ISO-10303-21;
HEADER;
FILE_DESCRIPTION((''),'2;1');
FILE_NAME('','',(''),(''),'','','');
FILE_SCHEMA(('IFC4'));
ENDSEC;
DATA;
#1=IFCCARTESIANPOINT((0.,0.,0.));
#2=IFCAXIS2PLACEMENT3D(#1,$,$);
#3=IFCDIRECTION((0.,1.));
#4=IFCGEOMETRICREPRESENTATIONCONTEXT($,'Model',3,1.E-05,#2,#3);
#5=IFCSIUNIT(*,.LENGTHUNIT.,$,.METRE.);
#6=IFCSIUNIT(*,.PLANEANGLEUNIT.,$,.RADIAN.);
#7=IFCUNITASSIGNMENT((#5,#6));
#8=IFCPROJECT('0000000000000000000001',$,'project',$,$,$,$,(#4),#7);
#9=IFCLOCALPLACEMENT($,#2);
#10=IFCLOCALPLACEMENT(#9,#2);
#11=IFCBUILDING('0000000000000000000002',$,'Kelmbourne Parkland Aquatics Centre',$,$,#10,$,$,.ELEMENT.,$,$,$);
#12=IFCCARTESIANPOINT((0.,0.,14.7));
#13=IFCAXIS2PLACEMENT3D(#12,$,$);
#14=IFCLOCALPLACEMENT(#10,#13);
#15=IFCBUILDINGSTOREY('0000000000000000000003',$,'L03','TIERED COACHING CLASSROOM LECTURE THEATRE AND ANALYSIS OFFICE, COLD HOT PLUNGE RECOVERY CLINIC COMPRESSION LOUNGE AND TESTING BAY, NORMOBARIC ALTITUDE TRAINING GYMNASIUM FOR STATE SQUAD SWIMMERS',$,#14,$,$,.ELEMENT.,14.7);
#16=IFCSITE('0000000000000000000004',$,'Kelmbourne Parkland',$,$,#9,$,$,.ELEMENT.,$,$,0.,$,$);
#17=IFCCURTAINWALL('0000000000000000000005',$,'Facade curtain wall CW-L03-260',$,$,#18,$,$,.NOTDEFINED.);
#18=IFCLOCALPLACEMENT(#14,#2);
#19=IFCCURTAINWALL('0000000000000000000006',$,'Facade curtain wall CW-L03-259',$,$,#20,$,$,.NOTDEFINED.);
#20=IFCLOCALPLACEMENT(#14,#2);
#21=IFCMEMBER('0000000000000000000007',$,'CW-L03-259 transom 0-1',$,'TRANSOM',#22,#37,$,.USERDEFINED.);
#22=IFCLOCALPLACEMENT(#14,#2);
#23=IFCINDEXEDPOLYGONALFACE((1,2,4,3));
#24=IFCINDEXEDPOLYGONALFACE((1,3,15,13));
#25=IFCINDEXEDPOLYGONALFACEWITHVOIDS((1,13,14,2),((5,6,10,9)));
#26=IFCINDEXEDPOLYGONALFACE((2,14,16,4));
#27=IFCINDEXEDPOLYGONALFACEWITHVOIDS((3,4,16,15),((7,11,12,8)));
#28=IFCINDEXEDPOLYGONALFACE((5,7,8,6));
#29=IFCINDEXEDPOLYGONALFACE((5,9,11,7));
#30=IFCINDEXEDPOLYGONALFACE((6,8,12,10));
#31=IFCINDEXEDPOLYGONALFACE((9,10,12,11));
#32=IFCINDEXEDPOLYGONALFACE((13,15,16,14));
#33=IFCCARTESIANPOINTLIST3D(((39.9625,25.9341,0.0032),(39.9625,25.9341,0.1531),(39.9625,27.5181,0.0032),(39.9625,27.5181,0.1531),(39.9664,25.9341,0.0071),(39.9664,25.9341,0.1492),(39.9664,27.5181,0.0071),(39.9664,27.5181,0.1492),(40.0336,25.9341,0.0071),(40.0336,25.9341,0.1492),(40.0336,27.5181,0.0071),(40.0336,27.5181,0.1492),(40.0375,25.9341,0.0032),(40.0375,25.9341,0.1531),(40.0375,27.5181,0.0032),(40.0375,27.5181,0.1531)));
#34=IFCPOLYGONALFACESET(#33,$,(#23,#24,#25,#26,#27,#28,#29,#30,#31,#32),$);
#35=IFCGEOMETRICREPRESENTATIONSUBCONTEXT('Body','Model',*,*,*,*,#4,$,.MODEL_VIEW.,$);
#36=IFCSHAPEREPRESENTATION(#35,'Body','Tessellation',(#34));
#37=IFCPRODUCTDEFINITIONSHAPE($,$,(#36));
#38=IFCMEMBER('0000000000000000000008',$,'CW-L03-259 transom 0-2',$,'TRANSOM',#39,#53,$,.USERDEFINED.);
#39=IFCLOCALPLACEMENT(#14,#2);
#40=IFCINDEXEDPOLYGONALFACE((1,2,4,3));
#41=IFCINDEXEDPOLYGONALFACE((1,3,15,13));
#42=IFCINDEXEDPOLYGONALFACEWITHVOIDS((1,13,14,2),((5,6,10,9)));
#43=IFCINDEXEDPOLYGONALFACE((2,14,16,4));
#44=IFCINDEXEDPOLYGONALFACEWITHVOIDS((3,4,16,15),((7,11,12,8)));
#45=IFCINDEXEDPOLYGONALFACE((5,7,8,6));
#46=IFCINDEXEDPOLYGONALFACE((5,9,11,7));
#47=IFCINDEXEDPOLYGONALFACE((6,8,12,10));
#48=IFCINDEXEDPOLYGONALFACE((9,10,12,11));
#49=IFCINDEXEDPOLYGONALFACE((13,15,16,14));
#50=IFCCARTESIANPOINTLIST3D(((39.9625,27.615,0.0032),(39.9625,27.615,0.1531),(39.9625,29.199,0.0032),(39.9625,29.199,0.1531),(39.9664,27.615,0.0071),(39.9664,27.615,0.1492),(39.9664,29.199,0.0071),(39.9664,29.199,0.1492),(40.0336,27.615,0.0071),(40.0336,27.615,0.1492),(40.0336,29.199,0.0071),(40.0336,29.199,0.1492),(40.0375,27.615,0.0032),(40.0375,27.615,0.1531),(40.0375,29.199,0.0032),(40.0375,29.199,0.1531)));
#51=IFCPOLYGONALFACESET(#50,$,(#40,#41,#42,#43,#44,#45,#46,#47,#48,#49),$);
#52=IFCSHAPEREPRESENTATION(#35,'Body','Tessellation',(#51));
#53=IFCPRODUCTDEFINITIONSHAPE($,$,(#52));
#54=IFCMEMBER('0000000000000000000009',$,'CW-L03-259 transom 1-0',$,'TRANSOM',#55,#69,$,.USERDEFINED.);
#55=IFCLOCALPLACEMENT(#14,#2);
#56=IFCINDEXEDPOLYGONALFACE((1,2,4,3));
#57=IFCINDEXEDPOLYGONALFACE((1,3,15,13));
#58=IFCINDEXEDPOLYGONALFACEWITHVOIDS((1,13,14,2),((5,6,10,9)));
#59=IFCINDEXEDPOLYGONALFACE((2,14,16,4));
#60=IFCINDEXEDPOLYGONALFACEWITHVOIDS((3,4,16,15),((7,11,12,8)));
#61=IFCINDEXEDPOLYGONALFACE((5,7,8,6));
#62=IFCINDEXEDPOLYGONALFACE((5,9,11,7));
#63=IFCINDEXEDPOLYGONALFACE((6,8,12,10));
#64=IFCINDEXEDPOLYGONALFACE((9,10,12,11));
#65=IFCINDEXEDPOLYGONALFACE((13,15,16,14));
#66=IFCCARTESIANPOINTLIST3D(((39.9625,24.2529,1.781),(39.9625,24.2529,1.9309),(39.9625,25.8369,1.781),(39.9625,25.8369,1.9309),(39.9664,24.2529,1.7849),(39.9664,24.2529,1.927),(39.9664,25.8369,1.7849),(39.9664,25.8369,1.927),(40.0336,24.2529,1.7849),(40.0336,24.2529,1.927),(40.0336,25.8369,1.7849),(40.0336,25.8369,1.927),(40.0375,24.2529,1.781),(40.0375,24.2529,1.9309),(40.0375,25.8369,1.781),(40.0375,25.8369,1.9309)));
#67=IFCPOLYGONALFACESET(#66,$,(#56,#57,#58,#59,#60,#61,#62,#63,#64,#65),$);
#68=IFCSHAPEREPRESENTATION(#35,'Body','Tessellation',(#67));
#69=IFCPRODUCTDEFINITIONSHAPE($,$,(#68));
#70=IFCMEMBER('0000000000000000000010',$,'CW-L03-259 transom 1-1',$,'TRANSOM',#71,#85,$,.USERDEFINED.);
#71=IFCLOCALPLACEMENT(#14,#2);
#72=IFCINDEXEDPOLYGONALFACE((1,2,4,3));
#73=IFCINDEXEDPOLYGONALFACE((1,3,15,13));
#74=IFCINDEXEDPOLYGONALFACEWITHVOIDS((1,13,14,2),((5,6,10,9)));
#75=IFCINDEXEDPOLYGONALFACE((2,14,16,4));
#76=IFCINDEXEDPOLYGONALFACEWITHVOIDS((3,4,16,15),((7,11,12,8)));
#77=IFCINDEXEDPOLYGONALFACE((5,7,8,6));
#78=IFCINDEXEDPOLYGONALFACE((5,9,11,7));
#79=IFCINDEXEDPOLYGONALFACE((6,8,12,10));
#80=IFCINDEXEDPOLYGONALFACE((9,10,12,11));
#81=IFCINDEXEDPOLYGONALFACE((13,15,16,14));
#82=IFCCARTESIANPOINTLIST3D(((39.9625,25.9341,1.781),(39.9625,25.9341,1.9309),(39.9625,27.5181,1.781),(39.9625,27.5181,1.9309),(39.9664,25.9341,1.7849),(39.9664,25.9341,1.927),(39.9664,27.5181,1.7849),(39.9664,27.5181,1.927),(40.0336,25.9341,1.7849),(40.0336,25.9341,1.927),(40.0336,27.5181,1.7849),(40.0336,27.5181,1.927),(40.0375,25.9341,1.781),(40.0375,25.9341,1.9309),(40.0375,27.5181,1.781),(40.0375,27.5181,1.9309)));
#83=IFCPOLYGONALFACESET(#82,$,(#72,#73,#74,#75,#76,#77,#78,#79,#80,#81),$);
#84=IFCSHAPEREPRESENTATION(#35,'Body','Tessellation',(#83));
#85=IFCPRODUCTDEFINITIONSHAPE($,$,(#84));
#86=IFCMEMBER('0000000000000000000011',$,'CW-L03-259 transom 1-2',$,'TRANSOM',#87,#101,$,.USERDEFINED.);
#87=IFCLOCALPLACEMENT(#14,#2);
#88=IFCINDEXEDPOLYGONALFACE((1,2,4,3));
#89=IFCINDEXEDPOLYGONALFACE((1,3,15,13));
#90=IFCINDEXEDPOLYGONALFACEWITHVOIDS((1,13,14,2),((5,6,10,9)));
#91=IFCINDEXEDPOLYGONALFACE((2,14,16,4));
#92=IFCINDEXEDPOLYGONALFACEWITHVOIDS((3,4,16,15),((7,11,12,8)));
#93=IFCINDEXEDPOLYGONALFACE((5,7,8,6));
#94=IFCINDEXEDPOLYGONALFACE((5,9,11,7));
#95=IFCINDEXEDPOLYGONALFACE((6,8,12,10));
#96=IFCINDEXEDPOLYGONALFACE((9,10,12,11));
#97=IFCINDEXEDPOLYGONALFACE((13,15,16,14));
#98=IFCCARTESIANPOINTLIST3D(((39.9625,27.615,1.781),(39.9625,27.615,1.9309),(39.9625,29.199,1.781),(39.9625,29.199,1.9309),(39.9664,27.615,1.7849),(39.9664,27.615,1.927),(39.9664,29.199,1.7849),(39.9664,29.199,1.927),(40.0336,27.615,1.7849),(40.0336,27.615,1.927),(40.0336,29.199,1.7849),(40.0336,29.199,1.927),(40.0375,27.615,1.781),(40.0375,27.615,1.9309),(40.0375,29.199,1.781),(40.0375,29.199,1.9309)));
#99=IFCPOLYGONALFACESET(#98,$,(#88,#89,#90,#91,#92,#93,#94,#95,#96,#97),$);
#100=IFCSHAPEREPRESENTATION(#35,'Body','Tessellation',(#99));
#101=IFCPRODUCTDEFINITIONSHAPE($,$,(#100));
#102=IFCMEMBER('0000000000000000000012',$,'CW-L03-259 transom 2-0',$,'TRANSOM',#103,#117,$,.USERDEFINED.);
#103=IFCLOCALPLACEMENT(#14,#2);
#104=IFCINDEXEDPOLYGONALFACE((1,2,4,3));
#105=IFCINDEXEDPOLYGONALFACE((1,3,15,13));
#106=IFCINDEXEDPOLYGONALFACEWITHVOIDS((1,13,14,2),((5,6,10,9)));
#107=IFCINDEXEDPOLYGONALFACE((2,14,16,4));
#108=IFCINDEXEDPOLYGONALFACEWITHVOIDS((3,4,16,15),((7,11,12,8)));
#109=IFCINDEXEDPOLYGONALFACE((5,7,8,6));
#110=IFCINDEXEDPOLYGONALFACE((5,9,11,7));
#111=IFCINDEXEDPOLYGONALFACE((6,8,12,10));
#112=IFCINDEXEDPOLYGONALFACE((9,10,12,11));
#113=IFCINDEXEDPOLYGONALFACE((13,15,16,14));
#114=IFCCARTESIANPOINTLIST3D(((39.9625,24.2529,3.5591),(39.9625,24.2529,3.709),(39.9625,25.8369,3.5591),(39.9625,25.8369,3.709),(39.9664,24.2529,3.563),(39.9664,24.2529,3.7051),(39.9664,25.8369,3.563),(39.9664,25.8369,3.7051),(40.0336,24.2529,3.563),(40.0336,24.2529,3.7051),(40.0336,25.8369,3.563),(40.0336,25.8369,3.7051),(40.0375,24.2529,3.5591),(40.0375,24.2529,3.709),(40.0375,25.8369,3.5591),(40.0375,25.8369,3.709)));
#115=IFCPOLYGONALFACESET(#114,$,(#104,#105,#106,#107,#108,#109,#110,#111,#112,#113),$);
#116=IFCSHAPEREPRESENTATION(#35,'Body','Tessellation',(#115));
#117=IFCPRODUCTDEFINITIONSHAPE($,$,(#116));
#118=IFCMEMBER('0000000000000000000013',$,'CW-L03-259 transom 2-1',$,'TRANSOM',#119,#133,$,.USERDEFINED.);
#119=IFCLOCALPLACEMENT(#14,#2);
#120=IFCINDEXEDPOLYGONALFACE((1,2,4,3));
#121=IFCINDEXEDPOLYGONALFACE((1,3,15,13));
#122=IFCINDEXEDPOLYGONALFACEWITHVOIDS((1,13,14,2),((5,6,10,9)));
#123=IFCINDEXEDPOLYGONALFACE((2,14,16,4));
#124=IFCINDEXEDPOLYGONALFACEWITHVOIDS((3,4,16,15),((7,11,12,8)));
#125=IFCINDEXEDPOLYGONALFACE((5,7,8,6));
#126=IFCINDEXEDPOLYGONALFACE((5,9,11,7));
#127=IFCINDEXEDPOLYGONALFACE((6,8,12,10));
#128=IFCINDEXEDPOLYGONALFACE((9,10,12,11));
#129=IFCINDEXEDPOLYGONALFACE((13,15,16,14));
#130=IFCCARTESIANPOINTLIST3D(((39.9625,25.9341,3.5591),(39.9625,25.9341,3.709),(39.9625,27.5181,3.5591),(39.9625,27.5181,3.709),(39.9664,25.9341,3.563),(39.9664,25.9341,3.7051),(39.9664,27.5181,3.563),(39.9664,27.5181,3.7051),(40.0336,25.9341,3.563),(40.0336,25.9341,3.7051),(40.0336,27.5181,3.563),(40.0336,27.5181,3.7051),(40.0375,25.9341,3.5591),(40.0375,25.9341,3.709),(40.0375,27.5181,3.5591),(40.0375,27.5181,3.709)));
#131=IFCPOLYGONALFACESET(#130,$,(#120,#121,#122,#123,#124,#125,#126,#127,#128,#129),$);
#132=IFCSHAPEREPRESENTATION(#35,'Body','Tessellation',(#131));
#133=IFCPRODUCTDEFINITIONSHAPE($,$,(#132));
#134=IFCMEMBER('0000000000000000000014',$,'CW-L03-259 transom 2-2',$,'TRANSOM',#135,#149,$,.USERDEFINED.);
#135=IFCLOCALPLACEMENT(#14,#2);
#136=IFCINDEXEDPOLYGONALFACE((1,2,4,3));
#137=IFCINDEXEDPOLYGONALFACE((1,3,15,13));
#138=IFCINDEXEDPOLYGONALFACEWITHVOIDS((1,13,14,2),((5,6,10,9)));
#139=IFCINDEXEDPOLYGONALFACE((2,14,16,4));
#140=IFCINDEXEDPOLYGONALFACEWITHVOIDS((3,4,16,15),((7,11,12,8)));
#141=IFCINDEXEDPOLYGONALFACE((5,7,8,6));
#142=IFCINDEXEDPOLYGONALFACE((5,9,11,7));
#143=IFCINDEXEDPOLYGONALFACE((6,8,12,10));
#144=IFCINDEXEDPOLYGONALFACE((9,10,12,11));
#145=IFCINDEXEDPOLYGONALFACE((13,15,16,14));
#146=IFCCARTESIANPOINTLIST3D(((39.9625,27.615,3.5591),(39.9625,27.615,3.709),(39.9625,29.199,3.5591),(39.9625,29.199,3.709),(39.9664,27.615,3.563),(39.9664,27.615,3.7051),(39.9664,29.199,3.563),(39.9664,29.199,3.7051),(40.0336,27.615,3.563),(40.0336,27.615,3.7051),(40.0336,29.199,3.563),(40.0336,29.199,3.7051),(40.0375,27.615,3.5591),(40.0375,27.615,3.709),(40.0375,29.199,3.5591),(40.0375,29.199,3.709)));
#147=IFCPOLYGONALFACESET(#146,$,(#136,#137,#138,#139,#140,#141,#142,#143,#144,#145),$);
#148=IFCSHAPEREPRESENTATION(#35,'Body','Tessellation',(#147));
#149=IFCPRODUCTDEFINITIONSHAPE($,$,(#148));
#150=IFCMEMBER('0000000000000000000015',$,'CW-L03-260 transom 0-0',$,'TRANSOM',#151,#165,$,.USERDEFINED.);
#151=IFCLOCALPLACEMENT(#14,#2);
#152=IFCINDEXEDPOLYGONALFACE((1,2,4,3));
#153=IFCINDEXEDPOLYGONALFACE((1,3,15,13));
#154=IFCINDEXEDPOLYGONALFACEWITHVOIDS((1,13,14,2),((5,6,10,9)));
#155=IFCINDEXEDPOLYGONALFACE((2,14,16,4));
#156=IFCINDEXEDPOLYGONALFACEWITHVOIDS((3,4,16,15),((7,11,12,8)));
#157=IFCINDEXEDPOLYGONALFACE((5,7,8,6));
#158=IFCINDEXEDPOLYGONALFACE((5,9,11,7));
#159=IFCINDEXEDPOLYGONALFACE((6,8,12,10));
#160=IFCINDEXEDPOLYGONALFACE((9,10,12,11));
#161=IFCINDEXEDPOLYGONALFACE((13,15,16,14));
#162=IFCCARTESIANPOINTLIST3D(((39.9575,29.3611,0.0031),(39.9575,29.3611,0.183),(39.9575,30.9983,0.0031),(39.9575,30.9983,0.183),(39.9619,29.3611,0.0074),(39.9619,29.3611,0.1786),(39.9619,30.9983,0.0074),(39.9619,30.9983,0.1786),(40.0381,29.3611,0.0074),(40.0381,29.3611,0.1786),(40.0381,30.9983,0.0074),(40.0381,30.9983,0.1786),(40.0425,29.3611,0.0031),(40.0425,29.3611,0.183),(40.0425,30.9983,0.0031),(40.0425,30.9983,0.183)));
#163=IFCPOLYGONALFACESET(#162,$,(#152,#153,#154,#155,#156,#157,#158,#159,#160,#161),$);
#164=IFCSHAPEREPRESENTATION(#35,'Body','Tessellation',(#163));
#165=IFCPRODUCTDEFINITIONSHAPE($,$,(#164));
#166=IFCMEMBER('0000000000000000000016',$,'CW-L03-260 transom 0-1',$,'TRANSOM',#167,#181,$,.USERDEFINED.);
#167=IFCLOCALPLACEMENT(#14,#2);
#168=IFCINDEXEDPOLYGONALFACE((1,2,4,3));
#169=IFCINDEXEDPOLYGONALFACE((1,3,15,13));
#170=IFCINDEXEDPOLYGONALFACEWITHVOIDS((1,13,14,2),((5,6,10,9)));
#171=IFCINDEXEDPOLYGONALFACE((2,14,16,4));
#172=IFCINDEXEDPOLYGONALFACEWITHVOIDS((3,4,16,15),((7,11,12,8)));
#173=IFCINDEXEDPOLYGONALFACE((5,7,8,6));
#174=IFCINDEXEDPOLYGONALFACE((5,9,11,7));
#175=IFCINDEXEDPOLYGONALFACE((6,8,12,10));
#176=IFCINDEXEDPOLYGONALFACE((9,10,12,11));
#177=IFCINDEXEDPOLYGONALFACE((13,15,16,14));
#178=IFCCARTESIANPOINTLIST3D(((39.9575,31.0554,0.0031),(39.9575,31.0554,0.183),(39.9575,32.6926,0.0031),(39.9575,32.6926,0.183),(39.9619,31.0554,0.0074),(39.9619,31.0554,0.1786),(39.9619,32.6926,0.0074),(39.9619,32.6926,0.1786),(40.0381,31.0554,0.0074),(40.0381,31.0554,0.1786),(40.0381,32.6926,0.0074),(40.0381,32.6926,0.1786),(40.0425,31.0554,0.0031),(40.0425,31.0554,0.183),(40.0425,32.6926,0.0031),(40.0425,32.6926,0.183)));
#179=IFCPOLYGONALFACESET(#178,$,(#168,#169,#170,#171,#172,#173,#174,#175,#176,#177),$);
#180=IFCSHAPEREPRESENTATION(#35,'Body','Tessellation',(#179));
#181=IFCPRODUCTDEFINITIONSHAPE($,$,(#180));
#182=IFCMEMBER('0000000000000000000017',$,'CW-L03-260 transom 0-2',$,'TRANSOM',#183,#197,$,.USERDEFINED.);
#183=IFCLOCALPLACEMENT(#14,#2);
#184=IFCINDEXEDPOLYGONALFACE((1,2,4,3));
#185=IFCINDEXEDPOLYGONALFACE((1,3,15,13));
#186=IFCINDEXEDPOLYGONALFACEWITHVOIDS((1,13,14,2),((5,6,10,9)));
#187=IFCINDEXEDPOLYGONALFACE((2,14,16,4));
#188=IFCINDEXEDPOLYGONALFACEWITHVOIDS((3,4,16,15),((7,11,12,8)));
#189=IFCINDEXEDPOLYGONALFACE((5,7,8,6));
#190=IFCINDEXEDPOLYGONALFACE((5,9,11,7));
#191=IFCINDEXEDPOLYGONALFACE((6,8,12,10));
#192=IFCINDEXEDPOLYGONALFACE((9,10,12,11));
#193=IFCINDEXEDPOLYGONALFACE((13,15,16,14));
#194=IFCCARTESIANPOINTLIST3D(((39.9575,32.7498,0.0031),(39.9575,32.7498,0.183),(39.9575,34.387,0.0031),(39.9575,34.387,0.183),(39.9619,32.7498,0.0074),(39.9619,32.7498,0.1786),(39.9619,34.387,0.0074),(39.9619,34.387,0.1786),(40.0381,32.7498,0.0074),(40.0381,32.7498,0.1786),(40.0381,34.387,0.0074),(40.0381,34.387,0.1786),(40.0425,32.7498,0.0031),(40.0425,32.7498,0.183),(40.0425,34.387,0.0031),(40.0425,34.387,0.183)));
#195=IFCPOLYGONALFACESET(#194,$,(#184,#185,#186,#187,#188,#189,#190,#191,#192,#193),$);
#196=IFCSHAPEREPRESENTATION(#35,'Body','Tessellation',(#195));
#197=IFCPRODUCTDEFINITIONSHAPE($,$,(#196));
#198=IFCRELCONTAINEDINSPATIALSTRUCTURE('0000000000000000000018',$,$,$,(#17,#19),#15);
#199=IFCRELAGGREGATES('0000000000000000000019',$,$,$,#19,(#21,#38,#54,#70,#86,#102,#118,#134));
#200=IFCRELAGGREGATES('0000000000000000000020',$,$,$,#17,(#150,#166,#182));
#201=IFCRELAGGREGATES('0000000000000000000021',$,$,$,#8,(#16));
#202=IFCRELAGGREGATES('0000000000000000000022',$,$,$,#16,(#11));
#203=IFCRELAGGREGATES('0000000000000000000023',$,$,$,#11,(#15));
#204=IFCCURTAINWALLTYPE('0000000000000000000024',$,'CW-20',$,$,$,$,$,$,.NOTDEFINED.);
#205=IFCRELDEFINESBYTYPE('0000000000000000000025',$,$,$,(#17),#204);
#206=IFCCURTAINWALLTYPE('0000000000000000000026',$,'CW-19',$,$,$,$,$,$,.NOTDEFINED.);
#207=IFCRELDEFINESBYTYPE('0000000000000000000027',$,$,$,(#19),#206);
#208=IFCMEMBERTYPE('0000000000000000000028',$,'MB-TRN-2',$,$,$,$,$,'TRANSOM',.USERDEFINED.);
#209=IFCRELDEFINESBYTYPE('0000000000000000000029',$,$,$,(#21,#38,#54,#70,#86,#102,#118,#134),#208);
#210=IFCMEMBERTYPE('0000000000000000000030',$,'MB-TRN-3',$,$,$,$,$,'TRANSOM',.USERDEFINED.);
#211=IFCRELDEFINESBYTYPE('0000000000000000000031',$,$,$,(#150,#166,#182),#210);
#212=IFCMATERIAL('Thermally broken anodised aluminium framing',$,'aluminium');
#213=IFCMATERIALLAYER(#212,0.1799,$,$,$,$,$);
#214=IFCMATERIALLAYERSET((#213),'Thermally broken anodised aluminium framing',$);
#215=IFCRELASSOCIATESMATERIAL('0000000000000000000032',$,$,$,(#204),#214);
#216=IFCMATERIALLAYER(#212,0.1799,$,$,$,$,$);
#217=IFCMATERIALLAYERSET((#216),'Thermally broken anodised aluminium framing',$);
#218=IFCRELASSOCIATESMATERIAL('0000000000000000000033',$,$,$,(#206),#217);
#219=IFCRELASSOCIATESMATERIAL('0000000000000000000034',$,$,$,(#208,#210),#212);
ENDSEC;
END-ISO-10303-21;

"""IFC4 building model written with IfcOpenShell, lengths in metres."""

from ifc_helpers import new_model, si_unit, direction, frame, origin, origin_2d, place, context, subcontext, project, spatial, hollow_rectangle, extrude, material, layer, layer_set, material_profile, profile_set, type_object, element, aggregate, save


model = new_model("IFC4")

# Units and contexts
model_context = context("Model", 3, precision=1e-05, world=origin(), true_north=direction((0.0, 1.0)))
body_context = subcontext(model_context, "Body", "Model", "MODEL_VIEW")
ifc_project = project(units=[si_unit("LENGTHUNIT", "METRE"), si_unit("PLANEANGLEUNIT", "RADIAN")], contexts=[model_context])

# Site, building, storey
site_placement = place(None, origin())
site = spatial("IfcSite", under=ifc_project, at=site_placement, Name="Kelmbourne Parkland", CompositionType="ELEMENT", RefElevation=0.0)
building_placement = place(site_placement, origin())
building = spatial("IfcBuilding", under=site, at=building_placement, Name="Kelmbourne Parkland Aquatics Centre", CompositionType="ELEMENT")
storey_placement = place(building_placement, frame((0.0, 0.0, 14.7)))
storey = spatial("IfcBuildingStorey", under=building, at=storey_placement, Name="L03", Description="TIERED COACHING CLASSROOM LECTURE THEATRE AND ANALYSIS OFFICE, COLD HOT PLUNGE RECOVERY CLINIC COMPRESSION LOUNGE AND TESTING BAY, NORMOBARIC ALTITUDE TRAINING GYMNASIUM FOR STATE SQUAD SWIMMERS", CompositionType="ELEMENT", Elevation=14.7)

# Curtain wall
ifc_material_1 = material(Name="Thermally broken anodised aluminium framing", Category="aluminium")
ifc_layer_1 = layer(ifc_material_1, 0.1799)
ifc_layer_set_1 = layer_set([ifc_layer_1], Name="Thermally broken anodised aluminium framing")
curtain_wall_type_1 = type_object("IfcCurtainWallType", Name="CW-20", PredefinedType="NOTDEFINED", material=ifc_layer_set_1)
curtain_wall_1_placement = place(storey_placement, origin())
curtain_wall_1 = element("IfcCurtainWall", 1, at=curtain_wall_1_placement, inside=storey, type_object=curtain_wall_type_1, Name="Facade curtain wall CW-L03-260", PredefinedType="NOTDEFINED")

# Curtain wall
ifc_layer_2 = layer(ifc_material_1, 0.1799)
ifc_layer_set_2 = layer_set([ifc_layer_2], Name="Thermally broken anodised aluminium framing")
curtain_wall_type_2 = type_object("IfcCurtainWallType", Name="CW-19", PredefinedType="NOTDEFINED", material=ifc_layer_set_2)
curtain_wall_2_placement = place(storey_placement, origin())
curtain_wall_2 = element("IfcCurtainWall", 2, at=curtain_wall_2_placement, inside=storey, type_object=curtain_wall_type_2, Name="Facade curtain wall CW-L03-259", PredefinedType="NOTDEFINED")

# Members
ifc_material_profile_1 = material_profile(ifc_material_1, hollow_rectangle(XDim=0.075, YDim=0.1499, WallThickness=0.0039, at=origin_2d()), Name="CW-T 75x150")
ifc_profile_set_1 = profile_set([ifc_material_profile_1], Name="Thermally broken anodised aluminium framing")
member_type_1 = type_object("IfcMemberType", Name="MB-TRN-2", ElementType="TRANSOM", PredefinedType="USERDEFINED", material=ifc_profile_set_1)
member_1_placement = place(storey_placement, frame((40.0, 25.9341, 0.0781), z_axis=(0.0, 1.0, 0.0), x_axis=(-1.0, 0.0, 0.0)))
member_1 = element("IfcMember", 3, at=member_1_placement, type_object=member_type_1, Name="CW-L03-259 transom 0-1", ObjectType="TRANSOM", PredefinedType="USERDEFINED", context=body_context, shape_type="SweptSolid", body=[
    extrude(hollow_rectangle(XDim=0.075, YDim=0.1499, WallThickness=0.0039, at=origin_2d()), origin(), (0.0, 0.0, 1.0), 1.584),
])
member_2_placement = place(storey_placement, frame((40.0, 27.615, 0.0781), z_axis=(0.0, 1.0, 0.0), x_axis=(-1.0, 0.0, 0.0)))
member_2 = element("IfcMember", 4, at=member_2_placement, type_object=member_type_1, Name="CW-L03-259 transom 0-2", ObjectType="TRANSOM", PredefinedType="USERDEFINED", context=body_context, shape_type="SweptSolid", body=[
    extrude(hollow_rectangle(XDim=0.075, YDim=0.1499, WallThickness=0.0039, at=origin_2d()), origin(), (0.0, 0.0, 1.0), 1.584),
])
member_3_placement = place(storey_placement, frame((40.0, 24.2529, 1.856), z_axis=(0.0, 1.0, 0.0), x_axis=(-1.0, 0.0, 0.0)))
member_3 = element("IfcMember", 5, at=member_3_placement, type_object=member_type_1, Name="CW-L03-259 transom 1-0", ObjectType="TRANSOM", PredefinedType="USERDEFINED", context=body_context, shape_type="SweptSolid", body=[
    extrude(hollow_rectangle(XDim=0.075, YDim=0.1499, WallThickness=0.0039, at=origin_2d()), origin(), (0.0, 0.0, 1.0), 1.584),
])
member_4_placement = place(storey_placement, frame((40.0, 25.9341, 1.856), z_axis=(0.0, 1.0, 0.0), x_axis=(-1.0, 0.0, 0.0)))
member_4 = element("IfcMember", 6, at=member_4_placement, type_object=member_type_1, Name="CW-L03-259 transom 1-1", ObjectType="TRANSOM", PredefinedType="USERDEFINED", context=body_context, shape_type="SweptSolid", body=[
    extrude(hollow_rectangle(XDim=0.075, YDim=0.1499, WallThickness=0.0039, at=origin_2d()), origin(), (0.0, 0.0, 1.0), 1.584),
])
member_5_placement = place(storey_placement, frame((40.0, 27.615, 1.856), z_axis=(0.0, 1.0, 0.0), x_axis=(-1.0, 0.0, 0.0)))
member_5 = element("IfcMember", 7, at=member_5_placement, type_object=member_type_1, Name="CW-L03-259 transom 1-2", ObjectType="TRANSOM", PredefinedType="USERDEFINED", context=body_context, shape_type="SweptSolid", body=[
    extrude(hollow_rectangle(XDim=0.075, YDim=0.1499, WallThickness=0.0039, at=origin_2d()), origin(), (0.0, 0.0, 1.0), 1.584),
])
member_6_placement = place(storey_placement, frame((40.0, 24.2529, 3.634), z_axis=(0.0, 1.0, 0.0), x_axis=(-1.0, 0.0, 0.0)))
member_6 = element("IfcMember", 8, at=member_6_placement, type_object=member_type_1, Name="CW-L03-259 transom 2-0", ObjectType="TRANSOM", PredefinedType="USERDEFINED", context=body_context, shape_type="SweptSolid", body=[
    extrude(hollow_rectangle(XDim=0.075, YDim=0.1499, WallThickness=0.0039, at=origin_2d()), origin(), (0.0, 0.0, 1.0), 1.584),
])
member_7_placement = place(storey_placement, frame((40.0, 25.9341, 3.634), z_axis=(0.0, 1.0, 0.0), x_axis=(-1.0, 0.0, 0.0)))
member_7 = element("IfcMember", 9, at=member_7_placement, type_object=member_type_1, Name="CW-L03-259 transom 2-1", ObjectType="TRANSOM", PredefinedType="USERDEFINED", context=body_context, shape_type="SweptSolid", body=[
    extrude(hollow_rectangle(XDim=0.075, YDim=0.1499, WallThickness=0.0039, at=origin_2d()), origin(), (0.0, 0.0, 1.0), 1.584),
])
member_8_placement = place(storey_placement, frame((40.0, 27.615, 3.634), z_axis=(0.0, 1.0, 0.0), x_axis=(-1.0, 0.0, 0.0)))
member_8 = element("IfcMember", 10, at=member_8_placement, type_object=member_type_1, Name="CW-L03-259 transom 2-2", ObjectType="TRANSOM", PredefinedType="USERDEFINED", context=body_context, shape_type="SweptSolid", body=[
    extrude(hollow_rectangle(XDim=0.075, YDim=0.1499, WallThickness=0.0039, at=origin_2d()), origin(), (0.0, 0.0, 1.0), 1.584),
])
ifc_material_profile_2 = material_profile(ifc_material_1, hollow_rectangle(XDim=0.085, YDim=0.1799, WallThickness=0.0044, at=origin_2d()), Name="CW-T 85x180")
ifc_profile_set_2 = profile_set([ifc_material_profile_2], Name="Thermally broken anodised aluminium framing")
member_type_2 = type_object("IfcMemberType", Name="MB-TRN-3", ElementType="TRANSOM", PredefinedType="USERDEFINED", material=ifc_profile_set_2)
member_9_placement = place(storey_placement, frame((40.0, 29.3611, 0.093), z_axis=(0.0, 1.0, 0.0), x_axis=(-1.0, 0.0, 0.0)))
member_9 = element("IfcMember", 11, at=member_9_placement, type_object=member_type_2, Name="CW-L03-260 transom 0-0", ObjectType="TRANSOM", PredefinedType="USERDEFINED", context=body_context, shape_type="SweptSolid", body=[
    extrude(hollow_rectangle(XDim=0.085, YDim=0.1799, WallThickness=0.0044, at=origin_2d()), origin(), (0.0, 0.0, 1.0), 1.6372),
])
member_10_placement = place(storey_placement, frame((40.0, 31.0554, 0.093), z_axis=(0.0, 1.0, 0.0), x_axis=(-1.0, 0.0, 0.0)))
member_10 = element("IfcMember", 12, at=member_10_placement, type_object=member_type_2, Name="CW-L03-260 transom 0-1", ObjectType="TRANSOM", PredefinedType="USERDEFINED", context=body_context, shape_type="SweptSolid", body=[
    extrude(hollow_rectangle(XDim=0.085, YDim=0.1799, WallThickness=0.0044, at=origin_2d()), origin(), (0.0, 0.0, 1.0), 1.6372),
])
member_11_placement = place(storey_placement, frame((40.0, 32.7498, 0.093), z_axis=(0.0, 1.0, 0.0), x_axis=(-1.0, 0.0, 0.0)))
member_11 = element("IfcMember", 13, at=member_11_placement, type_object=member_type_2, Name="CW-L03-260 transom 0-2", ObjectType="TRANSOM", PredefinedType="USERDEFINED", context=body_context, shape_type="SweptSolid", body=[
    extrude(hollow_rectangle(XDim=0.085, YDim=0.1799, WallThickness=0.0044, at=origin_2d()), origin(), (0.0, 0.0, 1.0), 1.6372),
])

aggregate(curtain_wall_2, [member_1, member_2, member_3, member_4, member_5, member_6, member_7, member_8])
aggregate(curtain_wall_1, [member_9, member_10, member_11])

save(model, "model.ifc")
